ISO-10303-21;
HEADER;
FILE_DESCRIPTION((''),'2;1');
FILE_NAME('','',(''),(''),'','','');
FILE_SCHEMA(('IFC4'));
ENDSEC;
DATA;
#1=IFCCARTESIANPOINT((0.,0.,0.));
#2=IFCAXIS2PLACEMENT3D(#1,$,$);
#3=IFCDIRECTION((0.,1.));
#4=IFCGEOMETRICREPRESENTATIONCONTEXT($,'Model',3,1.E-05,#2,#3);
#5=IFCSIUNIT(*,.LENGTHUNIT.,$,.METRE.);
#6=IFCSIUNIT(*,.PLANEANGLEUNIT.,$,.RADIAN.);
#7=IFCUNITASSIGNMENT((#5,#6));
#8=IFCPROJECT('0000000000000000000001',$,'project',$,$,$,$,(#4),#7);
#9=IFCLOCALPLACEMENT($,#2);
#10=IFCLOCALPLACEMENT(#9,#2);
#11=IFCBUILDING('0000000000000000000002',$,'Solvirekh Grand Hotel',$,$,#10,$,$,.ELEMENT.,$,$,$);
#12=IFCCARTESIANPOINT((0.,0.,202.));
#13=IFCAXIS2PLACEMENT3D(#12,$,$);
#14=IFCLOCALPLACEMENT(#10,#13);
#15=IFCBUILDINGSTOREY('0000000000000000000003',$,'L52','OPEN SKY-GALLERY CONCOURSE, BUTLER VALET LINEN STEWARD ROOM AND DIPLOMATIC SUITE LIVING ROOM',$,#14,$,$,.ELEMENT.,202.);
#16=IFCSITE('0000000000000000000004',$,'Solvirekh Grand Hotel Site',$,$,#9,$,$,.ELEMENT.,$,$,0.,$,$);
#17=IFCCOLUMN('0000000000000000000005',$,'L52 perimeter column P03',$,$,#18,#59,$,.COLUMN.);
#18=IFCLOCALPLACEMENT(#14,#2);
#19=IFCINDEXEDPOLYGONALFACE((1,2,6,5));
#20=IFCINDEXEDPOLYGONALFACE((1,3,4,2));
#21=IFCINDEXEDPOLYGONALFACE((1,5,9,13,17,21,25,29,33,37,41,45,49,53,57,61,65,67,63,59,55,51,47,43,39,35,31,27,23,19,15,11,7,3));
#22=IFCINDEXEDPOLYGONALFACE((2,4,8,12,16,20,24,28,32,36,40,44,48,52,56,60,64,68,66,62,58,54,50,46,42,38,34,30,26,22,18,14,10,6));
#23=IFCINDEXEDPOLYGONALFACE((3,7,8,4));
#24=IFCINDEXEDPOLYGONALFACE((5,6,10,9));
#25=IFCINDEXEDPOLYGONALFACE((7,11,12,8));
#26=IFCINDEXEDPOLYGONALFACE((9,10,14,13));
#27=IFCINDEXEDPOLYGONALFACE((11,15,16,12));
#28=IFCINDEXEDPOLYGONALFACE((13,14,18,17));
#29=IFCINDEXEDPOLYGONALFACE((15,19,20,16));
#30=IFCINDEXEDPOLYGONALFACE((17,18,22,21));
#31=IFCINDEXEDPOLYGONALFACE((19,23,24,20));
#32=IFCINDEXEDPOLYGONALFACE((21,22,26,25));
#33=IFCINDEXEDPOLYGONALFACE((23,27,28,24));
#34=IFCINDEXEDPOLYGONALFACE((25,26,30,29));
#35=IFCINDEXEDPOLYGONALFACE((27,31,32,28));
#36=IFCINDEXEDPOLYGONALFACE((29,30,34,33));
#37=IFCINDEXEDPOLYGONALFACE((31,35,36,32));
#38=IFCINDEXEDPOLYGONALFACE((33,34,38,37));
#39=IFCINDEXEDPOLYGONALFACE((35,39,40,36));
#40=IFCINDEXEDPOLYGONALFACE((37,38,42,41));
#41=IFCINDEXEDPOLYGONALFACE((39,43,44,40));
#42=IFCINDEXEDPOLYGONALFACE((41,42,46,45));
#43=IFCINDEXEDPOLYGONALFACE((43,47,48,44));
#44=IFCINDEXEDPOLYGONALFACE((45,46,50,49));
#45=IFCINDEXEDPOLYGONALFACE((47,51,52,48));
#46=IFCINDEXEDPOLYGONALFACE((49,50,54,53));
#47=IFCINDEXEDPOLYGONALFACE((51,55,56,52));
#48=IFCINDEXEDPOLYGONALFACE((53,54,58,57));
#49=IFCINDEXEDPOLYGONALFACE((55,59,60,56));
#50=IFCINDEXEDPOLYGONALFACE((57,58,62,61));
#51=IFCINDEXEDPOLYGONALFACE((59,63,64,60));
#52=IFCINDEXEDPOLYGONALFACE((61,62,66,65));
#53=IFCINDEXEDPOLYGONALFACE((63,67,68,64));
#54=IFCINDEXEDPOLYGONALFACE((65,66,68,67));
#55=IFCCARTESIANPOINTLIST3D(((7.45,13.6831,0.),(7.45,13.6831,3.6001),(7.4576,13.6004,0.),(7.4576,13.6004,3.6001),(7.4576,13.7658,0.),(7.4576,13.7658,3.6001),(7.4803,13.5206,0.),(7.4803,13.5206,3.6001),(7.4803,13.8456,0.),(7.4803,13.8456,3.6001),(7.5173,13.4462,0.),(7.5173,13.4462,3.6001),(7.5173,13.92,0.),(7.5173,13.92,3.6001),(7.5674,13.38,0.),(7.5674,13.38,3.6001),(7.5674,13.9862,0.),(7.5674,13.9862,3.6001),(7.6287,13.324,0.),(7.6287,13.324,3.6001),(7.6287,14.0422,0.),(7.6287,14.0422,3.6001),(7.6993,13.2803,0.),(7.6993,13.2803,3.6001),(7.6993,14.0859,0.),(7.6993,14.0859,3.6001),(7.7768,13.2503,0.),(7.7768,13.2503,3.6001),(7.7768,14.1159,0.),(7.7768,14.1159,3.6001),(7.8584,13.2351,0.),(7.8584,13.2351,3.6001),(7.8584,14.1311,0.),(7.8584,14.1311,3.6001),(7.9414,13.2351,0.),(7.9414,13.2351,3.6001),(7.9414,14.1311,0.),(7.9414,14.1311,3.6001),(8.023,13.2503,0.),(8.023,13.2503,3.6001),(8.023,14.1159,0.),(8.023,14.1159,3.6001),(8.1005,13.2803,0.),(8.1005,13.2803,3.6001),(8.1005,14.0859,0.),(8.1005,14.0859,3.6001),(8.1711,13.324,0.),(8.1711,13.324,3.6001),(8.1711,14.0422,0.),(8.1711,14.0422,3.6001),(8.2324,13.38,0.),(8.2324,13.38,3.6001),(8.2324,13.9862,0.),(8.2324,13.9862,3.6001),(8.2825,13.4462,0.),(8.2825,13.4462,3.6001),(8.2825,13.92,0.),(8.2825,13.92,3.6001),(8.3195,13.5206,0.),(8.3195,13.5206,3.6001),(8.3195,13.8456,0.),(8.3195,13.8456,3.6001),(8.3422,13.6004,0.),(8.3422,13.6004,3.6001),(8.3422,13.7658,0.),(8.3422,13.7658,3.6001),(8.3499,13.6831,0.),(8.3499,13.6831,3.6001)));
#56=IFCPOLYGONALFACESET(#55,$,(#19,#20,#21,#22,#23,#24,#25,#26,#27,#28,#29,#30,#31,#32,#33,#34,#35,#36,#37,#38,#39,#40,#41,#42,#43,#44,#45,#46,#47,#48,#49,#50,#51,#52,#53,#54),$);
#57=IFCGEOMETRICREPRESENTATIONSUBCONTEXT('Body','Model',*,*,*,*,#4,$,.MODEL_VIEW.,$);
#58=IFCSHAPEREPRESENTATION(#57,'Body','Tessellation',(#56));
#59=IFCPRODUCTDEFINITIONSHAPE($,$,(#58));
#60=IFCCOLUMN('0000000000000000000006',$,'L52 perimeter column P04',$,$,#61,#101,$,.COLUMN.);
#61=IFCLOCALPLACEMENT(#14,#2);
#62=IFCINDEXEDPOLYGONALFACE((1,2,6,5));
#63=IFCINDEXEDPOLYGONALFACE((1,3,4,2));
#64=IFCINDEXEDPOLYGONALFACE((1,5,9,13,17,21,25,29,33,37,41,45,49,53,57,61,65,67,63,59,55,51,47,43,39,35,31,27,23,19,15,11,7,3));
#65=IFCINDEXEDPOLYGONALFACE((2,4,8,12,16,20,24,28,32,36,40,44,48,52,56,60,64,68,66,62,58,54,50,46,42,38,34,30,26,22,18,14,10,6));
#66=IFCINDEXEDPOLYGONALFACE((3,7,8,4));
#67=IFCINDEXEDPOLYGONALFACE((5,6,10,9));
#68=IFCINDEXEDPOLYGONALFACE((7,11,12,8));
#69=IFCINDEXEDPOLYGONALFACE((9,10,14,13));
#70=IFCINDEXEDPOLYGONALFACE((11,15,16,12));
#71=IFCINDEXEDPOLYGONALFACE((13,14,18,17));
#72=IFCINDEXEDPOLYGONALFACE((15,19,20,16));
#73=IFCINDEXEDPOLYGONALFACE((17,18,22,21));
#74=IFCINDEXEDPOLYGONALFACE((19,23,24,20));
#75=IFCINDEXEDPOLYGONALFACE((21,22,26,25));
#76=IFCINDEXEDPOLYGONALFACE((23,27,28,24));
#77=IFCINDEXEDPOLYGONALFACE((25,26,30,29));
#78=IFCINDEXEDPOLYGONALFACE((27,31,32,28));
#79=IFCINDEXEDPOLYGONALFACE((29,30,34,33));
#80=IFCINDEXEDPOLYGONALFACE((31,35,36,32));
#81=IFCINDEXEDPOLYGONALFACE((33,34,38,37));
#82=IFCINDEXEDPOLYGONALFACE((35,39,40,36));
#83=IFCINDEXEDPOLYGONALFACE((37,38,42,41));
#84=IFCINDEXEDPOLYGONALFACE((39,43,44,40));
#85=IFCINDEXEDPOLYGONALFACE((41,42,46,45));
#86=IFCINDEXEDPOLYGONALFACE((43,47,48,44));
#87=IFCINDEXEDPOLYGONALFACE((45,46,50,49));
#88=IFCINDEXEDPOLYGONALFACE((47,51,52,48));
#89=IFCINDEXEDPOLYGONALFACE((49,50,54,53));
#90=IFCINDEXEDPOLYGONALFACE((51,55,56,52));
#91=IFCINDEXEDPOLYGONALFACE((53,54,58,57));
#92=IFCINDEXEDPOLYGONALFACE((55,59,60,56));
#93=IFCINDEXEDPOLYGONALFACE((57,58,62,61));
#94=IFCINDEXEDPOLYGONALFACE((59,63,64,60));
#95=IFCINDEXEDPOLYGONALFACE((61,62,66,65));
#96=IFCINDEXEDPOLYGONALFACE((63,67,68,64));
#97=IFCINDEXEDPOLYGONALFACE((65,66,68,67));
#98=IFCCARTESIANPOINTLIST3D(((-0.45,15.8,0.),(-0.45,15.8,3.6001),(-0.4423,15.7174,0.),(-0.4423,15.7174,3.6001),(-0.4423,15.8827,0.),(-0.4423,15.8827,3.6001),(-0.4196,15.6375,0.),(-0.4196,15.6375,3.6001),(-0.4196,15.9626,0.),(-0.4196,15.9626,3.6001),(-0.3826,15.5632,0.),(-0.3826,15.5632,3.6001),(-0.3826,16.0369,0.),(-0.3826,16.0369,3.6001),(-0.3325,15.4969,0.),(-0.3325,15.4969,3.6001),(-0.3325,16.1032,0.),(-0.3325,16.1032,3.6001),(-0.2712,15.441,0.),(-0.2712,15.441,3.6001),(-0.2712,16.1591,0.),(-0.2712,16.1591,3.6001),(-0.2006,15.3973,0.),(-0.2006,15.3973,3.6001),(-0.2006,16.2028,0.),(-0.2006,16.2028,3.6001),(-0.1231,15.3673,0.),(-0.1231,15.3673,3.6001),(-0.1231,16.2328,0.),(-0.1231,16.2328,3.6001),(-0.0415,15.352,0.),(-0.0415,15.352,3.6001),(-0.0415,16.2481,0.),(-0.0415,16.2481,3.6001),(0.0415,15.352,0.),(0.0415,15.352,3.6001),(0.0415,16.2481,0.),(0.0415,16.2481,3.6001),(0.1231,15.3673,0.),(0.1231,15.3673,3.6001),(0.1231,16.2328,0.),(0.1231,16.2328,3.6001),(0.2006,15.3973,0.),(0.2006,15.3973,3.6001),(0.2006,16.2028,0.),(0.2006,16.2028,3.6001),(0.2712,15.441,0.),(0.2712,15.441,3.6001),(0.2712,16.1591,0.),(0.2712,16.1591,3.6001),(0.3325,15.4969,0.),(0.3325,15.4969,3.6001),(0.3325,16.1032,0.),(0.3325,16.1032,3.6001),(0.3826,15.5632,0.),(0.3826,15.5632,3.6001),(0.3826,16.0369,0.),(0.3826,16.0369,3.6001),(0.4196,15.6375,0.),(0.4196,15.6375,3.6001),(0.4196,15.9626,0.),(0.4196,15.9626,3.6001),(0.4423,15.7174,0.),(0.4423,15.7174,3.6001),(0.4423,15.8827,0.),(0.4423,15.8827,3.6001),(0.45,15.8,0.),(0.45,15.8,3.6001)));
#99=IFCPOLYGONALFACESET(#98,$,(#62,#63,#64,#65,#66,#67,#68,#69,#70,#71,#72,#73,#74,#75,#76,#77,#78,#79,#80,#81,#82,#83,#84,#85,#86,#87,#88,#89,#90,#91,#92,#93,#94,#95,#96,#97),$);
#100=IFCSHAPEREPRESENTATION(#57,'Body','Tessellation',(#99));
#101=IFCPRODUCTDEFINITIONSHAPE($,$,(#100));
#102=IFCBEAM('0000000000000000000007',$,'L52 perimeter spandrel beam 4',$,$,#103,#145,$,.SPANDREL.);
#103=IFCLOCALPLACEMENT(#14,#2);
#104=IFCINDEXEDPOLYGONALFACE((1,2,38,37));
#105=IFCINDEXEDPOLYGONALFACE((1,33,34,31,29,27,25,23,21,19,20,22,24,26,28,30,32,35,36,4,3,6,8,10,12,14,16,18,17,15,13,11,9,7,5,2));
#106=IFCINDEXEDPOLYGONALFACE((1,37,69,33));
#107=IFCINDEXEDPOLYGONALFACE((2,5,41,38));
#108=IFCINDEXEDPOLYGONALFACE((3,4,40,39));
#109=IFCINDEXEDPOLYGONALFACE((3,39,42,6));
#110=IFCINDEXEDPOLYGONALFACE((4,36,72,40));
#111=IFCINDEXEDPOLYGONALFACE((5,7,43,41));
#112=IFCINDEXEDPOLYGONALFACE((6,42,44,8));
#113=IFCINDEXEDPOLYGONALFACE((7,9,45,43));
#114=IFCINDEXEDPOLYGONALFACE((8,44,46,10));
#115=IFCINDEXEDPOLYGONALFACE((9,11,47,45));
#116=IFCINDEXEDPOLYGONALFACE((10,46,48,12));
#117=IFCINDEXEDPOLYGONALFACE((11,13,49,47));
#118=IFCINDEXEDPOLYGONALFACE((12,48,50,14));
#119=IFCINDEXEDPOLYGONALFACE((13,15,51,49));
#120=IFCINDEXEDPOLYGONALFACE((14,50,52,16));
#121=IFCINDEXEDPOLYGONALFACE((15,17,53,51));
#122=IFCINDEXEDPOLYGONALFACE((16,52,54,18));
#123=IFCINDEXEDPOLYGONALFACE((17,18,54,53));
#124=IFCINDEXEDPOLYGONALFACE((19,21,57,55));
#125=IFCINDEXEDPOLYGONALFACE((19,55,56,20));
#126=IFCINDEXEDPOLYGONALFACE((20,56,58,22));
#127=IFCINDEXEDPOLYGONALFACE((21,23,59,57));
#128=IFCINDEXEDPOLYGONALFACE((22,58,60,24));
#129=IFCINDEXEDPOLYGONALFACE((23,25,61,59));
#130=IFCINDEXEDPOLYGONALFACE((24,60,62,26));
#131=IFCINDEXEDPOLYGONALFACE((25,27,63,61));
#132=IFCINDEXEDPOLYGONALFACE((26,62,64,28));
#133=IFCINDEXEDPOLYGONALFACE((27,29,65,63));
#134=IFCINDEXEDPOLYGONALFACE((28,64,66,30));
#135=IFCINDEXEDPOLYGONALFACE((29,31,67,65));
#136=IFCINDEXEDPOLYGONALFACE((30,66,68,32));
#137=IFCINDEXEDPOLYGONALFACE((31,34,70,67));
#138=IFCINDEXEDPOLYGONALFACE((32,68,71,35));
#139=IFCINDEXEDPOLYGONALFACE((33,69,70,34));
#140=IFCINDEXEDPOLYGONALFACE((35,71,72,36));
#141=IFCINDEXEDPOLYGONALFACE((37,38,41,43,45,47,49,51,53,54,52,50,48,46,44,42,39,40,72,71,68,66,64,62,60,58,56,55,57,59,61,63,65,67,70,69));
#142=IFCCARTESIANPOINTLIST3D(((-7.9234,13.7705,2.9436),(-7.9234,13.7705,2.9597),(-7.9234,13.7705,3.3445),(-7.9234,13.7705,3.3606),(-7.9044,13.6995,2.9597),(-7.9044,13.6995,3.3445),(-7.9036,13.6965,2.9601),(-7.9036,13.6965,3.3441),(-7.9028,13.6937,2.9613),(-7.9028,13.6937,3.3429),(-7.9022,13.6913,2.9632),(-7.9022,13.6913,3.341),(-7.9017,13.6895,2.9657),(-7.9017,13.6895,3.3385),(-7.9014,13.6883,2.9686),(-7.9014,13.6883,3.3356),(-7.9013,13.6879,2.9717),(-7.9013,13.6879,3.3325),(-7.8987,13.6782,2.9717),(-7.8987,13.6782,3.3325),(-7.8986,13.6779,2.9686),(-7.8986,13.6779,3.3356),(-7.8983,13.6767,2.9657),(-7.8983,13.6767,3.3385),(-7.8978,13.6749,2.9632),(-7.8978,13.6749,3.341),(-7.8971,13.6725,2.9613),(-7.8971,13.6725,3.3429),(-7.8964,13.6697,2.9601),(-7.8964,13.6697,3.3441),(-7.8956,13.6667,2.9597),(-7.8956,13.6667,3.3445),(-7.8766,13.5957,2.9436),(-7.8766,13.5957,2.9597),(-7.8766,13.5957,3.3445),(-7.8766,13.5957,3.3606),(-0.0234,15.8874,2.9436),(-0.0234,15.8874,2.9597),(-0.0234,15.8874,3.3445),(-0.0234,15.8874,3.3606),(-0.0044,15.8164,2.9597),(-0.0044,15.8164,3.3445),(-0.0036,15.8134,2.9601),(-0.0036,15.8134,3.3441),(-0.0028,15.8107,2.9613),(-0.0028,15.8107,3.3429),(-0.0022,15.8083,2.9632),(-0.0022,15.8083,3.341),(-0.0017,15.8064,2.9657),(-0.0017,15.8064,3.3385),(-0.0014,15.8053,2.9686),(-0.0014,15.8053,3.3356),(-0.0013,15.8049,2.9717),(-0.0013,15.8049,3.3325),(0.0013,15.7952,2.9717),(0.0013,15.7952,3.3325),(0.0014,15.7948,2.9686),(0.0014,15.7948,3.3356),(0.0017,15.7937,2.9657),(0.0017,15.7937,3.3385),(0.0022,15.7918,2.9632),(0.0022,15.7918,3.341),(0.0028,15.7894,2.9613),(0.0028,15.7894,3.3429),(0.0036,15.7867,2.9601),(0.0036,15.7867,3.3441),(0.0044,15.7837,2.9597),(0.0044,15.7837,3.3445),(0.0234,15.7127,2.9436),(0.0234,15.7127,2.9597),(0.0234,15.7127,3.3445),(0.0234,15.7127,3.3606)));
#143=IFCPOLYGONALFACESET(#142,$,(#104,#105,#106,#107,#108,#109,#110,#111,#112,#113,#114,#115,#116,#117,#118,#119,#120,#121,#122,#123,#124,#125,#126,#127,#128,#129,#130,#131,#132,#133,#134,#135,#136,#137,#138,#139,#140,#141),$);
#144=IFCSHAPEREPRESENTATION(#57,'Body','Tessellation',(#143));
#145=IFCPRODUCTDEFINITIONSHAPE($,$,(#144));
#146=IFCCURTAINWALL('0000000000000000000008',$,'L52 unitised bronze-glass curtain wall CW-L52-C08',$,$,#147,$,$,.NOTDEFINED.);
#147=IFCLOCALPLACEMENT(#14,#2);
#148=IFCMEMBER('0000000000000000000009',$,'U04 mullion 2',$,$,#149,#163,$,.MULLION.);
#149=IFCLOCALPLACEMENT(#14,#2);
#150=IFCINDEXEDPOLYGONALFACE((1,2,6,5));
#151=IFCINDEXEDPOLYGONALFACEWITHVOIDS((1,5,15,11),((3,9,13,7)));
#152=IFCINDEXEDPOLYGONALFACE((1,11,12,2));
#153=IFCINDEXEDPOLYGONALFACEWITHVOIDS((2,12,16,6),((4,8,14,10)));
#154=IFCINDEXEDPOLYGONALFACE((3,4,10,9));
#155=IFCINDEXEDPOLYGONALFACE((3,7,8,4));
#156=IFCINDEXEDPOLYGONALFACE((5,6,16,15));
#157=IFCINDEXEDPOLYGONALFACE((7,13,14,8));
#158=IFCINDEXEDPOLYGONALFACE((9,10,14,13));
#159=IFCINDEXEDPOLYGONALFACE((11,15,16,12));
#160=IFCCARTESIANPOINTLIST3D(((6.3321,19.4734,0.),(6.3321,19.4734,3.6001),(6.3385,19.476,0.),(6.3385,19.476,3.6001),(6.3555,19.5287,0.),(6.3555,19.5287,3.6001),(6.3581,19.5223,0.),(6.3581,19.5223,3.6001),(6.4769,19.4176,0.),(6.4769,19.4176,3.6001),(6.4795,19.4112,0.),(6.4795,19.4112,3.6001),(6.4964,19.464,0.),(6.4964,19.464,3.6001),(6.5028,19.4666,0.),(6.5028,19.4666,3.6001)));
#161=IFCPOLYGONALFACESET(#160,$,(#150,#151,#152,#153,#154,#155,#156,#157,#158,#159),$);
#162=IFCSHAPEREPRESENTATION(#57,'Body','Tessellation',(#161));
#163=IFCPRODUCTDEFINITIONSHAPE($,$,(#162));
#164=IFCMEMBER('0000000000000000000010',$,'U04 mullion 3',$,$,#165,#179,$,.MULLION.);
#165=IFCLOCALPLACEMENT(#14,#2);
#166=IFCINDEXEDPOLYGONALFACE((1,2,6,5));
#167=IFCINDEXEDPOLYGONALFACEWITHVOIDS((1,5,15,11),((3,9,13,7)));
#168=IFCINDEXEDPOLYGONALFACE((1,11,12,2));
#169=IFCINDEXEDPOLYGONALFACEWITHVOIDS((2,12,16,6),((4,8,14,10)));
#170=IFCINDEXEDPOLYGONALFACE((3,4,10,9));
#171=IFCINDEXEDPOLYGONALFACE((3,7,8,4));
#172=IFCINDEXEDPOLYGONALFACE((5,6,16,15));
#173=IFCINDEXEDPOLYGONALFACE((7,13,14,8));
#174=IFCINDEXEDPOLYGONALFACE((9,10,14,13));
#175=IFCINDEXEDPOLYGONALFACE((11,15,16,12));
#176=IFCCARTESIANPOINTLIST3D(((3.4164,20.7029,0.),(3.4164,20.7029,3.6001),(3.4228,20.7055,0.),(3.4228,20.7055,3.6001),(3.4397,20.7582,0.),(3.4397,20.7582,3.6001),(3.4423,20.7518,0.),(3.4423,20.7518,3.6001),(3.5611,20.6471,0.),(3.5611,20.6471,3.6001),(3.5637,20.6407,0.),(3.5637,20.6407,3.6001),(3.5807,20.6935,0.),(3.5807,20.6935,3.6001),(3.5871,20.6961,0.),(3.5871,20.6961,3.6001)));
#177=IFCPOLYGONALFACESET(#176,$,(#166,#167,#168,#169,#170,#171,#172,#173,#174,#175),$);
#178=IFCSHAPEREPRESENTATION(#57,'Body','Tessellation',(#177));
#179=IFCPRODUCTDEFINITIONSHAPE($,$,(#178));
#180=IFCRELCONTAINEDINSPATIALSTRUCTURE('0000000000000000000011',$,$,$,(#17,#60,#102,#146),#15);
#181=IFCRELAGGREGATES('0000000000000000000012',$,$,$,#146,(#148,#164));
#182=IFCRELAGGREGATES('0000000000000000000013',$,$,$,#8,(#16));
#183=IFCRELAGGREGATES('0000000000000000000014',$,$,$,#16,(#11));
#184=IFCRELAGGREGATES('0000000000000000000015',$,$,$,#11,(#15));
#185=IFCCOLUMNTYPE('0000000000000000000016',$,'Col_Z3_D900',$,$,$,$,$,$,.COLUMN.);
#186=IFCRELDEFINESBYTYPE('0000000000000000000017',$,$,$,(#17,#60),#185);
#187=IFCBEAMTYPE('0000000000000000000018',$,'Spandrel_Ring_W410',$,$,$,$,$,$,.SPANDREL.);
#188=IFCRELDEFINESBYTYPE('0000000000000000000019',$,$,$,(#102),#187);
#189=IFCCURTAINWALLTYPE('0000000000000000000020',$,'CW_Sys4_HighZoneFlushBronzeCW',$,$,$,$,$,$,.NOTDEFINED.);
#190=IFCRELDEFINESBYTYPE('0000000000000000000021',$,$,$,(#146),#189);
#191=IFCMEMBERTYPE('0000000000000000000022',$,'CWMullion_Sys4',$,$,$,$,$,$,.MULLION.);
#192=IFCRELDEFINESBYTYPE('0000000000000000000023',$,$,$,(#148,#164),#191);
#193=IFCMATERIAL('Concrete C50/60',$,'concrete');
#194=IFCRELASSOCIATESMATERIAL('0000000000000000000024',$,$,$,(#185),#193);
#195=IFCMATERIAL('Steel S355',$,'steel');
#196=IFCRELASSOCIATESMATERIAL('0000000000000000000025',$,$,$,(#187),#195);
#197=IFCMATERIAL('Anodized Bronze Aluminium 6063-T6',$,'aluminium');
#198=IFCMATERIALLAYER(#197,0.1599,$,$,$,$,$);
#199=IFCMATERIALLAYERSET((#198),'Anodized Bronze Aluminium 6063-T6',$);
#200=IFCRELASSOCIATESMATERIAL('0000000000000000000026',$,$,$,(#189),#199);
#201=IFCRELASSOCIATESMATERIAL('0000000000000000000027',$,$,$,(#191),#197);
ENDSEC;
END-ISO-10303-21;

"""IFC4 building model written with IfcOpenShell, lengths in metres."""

from ifc_helpers import new_model, si_unit, direction, frame, origin, origin_2d, place, context, subcontext, project, spatial, hollow_rectangle, circle, i_section, extrude, source, transform, mapped, material, layer, layer_set, material_profile, profile_set, type_object, element, aggregate, save


model = new_model("IFC4")

# Units and contexts
model_context = context("Model", 3, precision=1e-05, world=origin(), true_north=direction((0.0, 1.0)))
body_context = subcontext(model_context, "Body", "Model", "MODEL_VIEW")
ifc_project = project(units=[si_unit("LENGTHUNIT", "METRE"), si_unit("PLANEANGLEUNIT", "RADIAN")], contexts=[model_context])

# Site, building, storey
site_placement = place(None, origin())
site = spatial("IfcSite", under=ifc_project, at=site_placement, Name="Solvirekh Grand Hotel Site", CompositionType="ELEMENT", RefElevation=0.0)
building_placement = place(site_placement, origin())
building = spatial("IfcBuilding", under=site, at=building_placement, Name="Solvirekh Grand Hotel", CompositionType="ELEMENT")
storey_placement = place(building_placement, frame((0.0, 0.0, 202.0)))
storey = spatial("IfcBuildingStorey", under=building, at=storey_placement, Name="L52", Description="OPEN SKY-GALLERY CONCOURSE, BUTLER VALET LINEN STEWARD ROOM AND DIPLOMATIC SUITE LIVING ROOM", CompositionType="ELEMENT", Elevation=202.0)

# Columns
ifc_material_1 = material(Name="Concrete C50/60", Category="concrete")
ifc_material_profile_1 = material_profile(ifc_material_1, circle(Radius=0.45, at=origin_2d()), Name="RC CIRC D900")
ifc_profile_set_1 = profile_set([ifc_material_profile_1], Name="Concrete C50/60")
column_type = type_object("IfcColumnType", Name="Col_Z3_D900", PredefinedType="COLUMN", material=ifc_profile_set_1)
for number, where, z_axis, x_axis, name in (
    (1, (7.8999, 13.6831, 0.0), (0.0, 0.0, 1.0), (1.0, 0.0, 0.0), "L52 perimeter column P03"),
    (2, (0.0, 15.8, 0.0), (0.0, 0.0, 1.0), (1.0, 0.0, 0.0), "L52 perimeter column P04"),
):
    element("IfcColumn", number, at=place(storey_placement, frame(where, z_axis=z_axis, x_axis=x_axis)), inside=storey, type_object=column_type, Name=name, PredefinedType="COLUMN", context=body_context, shape_type="SweptSolid", body=[
        extrude(circle(Radius=0.45, at=origin_2d()), origin(), (0.0, 0.0, 1.0), 3.6001),
    ])

# Beam
ifc_material_2 = material(Name="Steel S355", Category="steel")
ifc_material_profile_2 = material_profile(ifc_material_2, i_section(OverallWidth=0.1809, OverallDepth=0.417, WebThickness=0.01, FlangeThickness=0.0161, FilletRadius=0.012, at=origin_2d()), Name="W410X85")
ifc_profile_set_2 = profile_set([ifc_material_profile_2], Name="Steel S355")
beam_type = type_object("IfcBeamType", Name="Spandrel_Ring_W410", PredefinedType="SPANDREL", material=ifc_profile_set_2)
beam_placement = place(storey_placement, frame((0.0, 15.8, 3.1521), z_axis=(-0.965921, -0.258839, 0.0), x_axis=(0.258839, -0.965921, 0.0)))
element("IfcBeam", 3, at=beam_placement, inside=storey, type_object=beam_type, Name="L52 perimeter spandrel beam 4", PredefinedType="SPANDREL", context=body_context, shape_type="SweptSolid", body=[
    extrude(i_section(OverallWidth=0.1809, OverallDepth=0.417, WebThickness=0.01, FlangeThickness=0.0161, FilletRadius=0.012, at=origin_2d()), origin(), (0.0, 0.0, 1.0), 8.1787),
])

# Curtain wall, members
ifc_material_3 = material(Name="Anodized Bronze Aluminium 6063-T6", Category="aluminium")
ifc_layer_1 = layer(ifc_material_3, 0.1599)
ifc_layer_set_1 = layer_set([ifc_layer_1], Name="Anodized Bronze Aluminium 6063-T6")
curtain_wall_type = type_object("IfcCurtainWallType", Name="CW_Sys4_HighZoneFlushBronzeCW", PredefinedType="NOTDEFINED", material=ifc_layer_set_1)
curtain_wall_placement = place(storey_placement, origin())
curtain_wall = element("IfcCurtainWall", 4, at=curtain_wall_placement, inside=storey, type_object=curtain_wall_type, Name="L52 unitised bronze-glass curtain wall CW-L52-C08", PredefinedType="NOTDEFINED")
ifc_material_profile_3 = material_profile(ifc_material_3, hollow_rectangle(XDim=0.0601, YDim=0.1599, WallThickness=0.0049, at=origin_2d()), Name="ALU RHS 160X60X5")
ifc_profile_set_3 = profile_set([ifc_material_profile_3], Name="Anodized Bronze Aluminium 6063-T6")
member_type_1 = type_object("IfcMemberType", Name="CWMullion_Sys4", PredefinedType="MULLION", material=ifc_profile_set_3)
shared_shape_1 = source(origin(), body_context, "Body", "SweptSolid", [
    extrude(hollow_rectangle(XDim=0.0601, YDim=0.1599, WallThickness=0.0049, at=origin_2d()), origin(), (0.0, 0.0, 1.0), 3.6001),
])
member_1_placement = place(storey_placement, frame((6.4175, 19.47, 0.0), z_axis=(0.0, 0.0, 1.0), x_axis=(-0.388491, -0.921453, 0.0)))
member_1 = element("IfcMember", 5, at=member_1_placement, type_object=member_type_1, Name="U04 mullion 2", PredefinedType="MULLION", context=body_context, shape_type="MappedRepresentation", body=[
    mapped(shared_shape_1, transform((0.0, 0.0, 0.0), x_axis=(1.0, 0.0, 0.0), y_axis=(0.0, 1.0, 0.0), z_axis=(0.0, 0.0, 1.0), scale=1.0)),
])
member_2_placement = place(storey_placement, frame((3.5017, 20.6995, 0.0), z_axis=(0.0, 0.0, 1.0), x_axis=(-0.388491, -0.921453, 0.0)))
member_2 = element("IfcMember", 6, at=member_2_placement, type_object=member_type_1, Name="U04 mullion 3", PredefinedType="MULLION", context=body_context, shape_type="MappedRepresentation", body=[
    mapped(shared_shape_1, transform((0.0, 0.0, 0.0), x_axis=(1.0, 0.0, 0.0), y_axis=(0.0, 1.0, 0.0), z_axis=(0.0, 0.0, 1.0), scale=1.0)),
])
aggregate(curtain_wall, [member_1, member_2])

save(model, "model.ifc")
